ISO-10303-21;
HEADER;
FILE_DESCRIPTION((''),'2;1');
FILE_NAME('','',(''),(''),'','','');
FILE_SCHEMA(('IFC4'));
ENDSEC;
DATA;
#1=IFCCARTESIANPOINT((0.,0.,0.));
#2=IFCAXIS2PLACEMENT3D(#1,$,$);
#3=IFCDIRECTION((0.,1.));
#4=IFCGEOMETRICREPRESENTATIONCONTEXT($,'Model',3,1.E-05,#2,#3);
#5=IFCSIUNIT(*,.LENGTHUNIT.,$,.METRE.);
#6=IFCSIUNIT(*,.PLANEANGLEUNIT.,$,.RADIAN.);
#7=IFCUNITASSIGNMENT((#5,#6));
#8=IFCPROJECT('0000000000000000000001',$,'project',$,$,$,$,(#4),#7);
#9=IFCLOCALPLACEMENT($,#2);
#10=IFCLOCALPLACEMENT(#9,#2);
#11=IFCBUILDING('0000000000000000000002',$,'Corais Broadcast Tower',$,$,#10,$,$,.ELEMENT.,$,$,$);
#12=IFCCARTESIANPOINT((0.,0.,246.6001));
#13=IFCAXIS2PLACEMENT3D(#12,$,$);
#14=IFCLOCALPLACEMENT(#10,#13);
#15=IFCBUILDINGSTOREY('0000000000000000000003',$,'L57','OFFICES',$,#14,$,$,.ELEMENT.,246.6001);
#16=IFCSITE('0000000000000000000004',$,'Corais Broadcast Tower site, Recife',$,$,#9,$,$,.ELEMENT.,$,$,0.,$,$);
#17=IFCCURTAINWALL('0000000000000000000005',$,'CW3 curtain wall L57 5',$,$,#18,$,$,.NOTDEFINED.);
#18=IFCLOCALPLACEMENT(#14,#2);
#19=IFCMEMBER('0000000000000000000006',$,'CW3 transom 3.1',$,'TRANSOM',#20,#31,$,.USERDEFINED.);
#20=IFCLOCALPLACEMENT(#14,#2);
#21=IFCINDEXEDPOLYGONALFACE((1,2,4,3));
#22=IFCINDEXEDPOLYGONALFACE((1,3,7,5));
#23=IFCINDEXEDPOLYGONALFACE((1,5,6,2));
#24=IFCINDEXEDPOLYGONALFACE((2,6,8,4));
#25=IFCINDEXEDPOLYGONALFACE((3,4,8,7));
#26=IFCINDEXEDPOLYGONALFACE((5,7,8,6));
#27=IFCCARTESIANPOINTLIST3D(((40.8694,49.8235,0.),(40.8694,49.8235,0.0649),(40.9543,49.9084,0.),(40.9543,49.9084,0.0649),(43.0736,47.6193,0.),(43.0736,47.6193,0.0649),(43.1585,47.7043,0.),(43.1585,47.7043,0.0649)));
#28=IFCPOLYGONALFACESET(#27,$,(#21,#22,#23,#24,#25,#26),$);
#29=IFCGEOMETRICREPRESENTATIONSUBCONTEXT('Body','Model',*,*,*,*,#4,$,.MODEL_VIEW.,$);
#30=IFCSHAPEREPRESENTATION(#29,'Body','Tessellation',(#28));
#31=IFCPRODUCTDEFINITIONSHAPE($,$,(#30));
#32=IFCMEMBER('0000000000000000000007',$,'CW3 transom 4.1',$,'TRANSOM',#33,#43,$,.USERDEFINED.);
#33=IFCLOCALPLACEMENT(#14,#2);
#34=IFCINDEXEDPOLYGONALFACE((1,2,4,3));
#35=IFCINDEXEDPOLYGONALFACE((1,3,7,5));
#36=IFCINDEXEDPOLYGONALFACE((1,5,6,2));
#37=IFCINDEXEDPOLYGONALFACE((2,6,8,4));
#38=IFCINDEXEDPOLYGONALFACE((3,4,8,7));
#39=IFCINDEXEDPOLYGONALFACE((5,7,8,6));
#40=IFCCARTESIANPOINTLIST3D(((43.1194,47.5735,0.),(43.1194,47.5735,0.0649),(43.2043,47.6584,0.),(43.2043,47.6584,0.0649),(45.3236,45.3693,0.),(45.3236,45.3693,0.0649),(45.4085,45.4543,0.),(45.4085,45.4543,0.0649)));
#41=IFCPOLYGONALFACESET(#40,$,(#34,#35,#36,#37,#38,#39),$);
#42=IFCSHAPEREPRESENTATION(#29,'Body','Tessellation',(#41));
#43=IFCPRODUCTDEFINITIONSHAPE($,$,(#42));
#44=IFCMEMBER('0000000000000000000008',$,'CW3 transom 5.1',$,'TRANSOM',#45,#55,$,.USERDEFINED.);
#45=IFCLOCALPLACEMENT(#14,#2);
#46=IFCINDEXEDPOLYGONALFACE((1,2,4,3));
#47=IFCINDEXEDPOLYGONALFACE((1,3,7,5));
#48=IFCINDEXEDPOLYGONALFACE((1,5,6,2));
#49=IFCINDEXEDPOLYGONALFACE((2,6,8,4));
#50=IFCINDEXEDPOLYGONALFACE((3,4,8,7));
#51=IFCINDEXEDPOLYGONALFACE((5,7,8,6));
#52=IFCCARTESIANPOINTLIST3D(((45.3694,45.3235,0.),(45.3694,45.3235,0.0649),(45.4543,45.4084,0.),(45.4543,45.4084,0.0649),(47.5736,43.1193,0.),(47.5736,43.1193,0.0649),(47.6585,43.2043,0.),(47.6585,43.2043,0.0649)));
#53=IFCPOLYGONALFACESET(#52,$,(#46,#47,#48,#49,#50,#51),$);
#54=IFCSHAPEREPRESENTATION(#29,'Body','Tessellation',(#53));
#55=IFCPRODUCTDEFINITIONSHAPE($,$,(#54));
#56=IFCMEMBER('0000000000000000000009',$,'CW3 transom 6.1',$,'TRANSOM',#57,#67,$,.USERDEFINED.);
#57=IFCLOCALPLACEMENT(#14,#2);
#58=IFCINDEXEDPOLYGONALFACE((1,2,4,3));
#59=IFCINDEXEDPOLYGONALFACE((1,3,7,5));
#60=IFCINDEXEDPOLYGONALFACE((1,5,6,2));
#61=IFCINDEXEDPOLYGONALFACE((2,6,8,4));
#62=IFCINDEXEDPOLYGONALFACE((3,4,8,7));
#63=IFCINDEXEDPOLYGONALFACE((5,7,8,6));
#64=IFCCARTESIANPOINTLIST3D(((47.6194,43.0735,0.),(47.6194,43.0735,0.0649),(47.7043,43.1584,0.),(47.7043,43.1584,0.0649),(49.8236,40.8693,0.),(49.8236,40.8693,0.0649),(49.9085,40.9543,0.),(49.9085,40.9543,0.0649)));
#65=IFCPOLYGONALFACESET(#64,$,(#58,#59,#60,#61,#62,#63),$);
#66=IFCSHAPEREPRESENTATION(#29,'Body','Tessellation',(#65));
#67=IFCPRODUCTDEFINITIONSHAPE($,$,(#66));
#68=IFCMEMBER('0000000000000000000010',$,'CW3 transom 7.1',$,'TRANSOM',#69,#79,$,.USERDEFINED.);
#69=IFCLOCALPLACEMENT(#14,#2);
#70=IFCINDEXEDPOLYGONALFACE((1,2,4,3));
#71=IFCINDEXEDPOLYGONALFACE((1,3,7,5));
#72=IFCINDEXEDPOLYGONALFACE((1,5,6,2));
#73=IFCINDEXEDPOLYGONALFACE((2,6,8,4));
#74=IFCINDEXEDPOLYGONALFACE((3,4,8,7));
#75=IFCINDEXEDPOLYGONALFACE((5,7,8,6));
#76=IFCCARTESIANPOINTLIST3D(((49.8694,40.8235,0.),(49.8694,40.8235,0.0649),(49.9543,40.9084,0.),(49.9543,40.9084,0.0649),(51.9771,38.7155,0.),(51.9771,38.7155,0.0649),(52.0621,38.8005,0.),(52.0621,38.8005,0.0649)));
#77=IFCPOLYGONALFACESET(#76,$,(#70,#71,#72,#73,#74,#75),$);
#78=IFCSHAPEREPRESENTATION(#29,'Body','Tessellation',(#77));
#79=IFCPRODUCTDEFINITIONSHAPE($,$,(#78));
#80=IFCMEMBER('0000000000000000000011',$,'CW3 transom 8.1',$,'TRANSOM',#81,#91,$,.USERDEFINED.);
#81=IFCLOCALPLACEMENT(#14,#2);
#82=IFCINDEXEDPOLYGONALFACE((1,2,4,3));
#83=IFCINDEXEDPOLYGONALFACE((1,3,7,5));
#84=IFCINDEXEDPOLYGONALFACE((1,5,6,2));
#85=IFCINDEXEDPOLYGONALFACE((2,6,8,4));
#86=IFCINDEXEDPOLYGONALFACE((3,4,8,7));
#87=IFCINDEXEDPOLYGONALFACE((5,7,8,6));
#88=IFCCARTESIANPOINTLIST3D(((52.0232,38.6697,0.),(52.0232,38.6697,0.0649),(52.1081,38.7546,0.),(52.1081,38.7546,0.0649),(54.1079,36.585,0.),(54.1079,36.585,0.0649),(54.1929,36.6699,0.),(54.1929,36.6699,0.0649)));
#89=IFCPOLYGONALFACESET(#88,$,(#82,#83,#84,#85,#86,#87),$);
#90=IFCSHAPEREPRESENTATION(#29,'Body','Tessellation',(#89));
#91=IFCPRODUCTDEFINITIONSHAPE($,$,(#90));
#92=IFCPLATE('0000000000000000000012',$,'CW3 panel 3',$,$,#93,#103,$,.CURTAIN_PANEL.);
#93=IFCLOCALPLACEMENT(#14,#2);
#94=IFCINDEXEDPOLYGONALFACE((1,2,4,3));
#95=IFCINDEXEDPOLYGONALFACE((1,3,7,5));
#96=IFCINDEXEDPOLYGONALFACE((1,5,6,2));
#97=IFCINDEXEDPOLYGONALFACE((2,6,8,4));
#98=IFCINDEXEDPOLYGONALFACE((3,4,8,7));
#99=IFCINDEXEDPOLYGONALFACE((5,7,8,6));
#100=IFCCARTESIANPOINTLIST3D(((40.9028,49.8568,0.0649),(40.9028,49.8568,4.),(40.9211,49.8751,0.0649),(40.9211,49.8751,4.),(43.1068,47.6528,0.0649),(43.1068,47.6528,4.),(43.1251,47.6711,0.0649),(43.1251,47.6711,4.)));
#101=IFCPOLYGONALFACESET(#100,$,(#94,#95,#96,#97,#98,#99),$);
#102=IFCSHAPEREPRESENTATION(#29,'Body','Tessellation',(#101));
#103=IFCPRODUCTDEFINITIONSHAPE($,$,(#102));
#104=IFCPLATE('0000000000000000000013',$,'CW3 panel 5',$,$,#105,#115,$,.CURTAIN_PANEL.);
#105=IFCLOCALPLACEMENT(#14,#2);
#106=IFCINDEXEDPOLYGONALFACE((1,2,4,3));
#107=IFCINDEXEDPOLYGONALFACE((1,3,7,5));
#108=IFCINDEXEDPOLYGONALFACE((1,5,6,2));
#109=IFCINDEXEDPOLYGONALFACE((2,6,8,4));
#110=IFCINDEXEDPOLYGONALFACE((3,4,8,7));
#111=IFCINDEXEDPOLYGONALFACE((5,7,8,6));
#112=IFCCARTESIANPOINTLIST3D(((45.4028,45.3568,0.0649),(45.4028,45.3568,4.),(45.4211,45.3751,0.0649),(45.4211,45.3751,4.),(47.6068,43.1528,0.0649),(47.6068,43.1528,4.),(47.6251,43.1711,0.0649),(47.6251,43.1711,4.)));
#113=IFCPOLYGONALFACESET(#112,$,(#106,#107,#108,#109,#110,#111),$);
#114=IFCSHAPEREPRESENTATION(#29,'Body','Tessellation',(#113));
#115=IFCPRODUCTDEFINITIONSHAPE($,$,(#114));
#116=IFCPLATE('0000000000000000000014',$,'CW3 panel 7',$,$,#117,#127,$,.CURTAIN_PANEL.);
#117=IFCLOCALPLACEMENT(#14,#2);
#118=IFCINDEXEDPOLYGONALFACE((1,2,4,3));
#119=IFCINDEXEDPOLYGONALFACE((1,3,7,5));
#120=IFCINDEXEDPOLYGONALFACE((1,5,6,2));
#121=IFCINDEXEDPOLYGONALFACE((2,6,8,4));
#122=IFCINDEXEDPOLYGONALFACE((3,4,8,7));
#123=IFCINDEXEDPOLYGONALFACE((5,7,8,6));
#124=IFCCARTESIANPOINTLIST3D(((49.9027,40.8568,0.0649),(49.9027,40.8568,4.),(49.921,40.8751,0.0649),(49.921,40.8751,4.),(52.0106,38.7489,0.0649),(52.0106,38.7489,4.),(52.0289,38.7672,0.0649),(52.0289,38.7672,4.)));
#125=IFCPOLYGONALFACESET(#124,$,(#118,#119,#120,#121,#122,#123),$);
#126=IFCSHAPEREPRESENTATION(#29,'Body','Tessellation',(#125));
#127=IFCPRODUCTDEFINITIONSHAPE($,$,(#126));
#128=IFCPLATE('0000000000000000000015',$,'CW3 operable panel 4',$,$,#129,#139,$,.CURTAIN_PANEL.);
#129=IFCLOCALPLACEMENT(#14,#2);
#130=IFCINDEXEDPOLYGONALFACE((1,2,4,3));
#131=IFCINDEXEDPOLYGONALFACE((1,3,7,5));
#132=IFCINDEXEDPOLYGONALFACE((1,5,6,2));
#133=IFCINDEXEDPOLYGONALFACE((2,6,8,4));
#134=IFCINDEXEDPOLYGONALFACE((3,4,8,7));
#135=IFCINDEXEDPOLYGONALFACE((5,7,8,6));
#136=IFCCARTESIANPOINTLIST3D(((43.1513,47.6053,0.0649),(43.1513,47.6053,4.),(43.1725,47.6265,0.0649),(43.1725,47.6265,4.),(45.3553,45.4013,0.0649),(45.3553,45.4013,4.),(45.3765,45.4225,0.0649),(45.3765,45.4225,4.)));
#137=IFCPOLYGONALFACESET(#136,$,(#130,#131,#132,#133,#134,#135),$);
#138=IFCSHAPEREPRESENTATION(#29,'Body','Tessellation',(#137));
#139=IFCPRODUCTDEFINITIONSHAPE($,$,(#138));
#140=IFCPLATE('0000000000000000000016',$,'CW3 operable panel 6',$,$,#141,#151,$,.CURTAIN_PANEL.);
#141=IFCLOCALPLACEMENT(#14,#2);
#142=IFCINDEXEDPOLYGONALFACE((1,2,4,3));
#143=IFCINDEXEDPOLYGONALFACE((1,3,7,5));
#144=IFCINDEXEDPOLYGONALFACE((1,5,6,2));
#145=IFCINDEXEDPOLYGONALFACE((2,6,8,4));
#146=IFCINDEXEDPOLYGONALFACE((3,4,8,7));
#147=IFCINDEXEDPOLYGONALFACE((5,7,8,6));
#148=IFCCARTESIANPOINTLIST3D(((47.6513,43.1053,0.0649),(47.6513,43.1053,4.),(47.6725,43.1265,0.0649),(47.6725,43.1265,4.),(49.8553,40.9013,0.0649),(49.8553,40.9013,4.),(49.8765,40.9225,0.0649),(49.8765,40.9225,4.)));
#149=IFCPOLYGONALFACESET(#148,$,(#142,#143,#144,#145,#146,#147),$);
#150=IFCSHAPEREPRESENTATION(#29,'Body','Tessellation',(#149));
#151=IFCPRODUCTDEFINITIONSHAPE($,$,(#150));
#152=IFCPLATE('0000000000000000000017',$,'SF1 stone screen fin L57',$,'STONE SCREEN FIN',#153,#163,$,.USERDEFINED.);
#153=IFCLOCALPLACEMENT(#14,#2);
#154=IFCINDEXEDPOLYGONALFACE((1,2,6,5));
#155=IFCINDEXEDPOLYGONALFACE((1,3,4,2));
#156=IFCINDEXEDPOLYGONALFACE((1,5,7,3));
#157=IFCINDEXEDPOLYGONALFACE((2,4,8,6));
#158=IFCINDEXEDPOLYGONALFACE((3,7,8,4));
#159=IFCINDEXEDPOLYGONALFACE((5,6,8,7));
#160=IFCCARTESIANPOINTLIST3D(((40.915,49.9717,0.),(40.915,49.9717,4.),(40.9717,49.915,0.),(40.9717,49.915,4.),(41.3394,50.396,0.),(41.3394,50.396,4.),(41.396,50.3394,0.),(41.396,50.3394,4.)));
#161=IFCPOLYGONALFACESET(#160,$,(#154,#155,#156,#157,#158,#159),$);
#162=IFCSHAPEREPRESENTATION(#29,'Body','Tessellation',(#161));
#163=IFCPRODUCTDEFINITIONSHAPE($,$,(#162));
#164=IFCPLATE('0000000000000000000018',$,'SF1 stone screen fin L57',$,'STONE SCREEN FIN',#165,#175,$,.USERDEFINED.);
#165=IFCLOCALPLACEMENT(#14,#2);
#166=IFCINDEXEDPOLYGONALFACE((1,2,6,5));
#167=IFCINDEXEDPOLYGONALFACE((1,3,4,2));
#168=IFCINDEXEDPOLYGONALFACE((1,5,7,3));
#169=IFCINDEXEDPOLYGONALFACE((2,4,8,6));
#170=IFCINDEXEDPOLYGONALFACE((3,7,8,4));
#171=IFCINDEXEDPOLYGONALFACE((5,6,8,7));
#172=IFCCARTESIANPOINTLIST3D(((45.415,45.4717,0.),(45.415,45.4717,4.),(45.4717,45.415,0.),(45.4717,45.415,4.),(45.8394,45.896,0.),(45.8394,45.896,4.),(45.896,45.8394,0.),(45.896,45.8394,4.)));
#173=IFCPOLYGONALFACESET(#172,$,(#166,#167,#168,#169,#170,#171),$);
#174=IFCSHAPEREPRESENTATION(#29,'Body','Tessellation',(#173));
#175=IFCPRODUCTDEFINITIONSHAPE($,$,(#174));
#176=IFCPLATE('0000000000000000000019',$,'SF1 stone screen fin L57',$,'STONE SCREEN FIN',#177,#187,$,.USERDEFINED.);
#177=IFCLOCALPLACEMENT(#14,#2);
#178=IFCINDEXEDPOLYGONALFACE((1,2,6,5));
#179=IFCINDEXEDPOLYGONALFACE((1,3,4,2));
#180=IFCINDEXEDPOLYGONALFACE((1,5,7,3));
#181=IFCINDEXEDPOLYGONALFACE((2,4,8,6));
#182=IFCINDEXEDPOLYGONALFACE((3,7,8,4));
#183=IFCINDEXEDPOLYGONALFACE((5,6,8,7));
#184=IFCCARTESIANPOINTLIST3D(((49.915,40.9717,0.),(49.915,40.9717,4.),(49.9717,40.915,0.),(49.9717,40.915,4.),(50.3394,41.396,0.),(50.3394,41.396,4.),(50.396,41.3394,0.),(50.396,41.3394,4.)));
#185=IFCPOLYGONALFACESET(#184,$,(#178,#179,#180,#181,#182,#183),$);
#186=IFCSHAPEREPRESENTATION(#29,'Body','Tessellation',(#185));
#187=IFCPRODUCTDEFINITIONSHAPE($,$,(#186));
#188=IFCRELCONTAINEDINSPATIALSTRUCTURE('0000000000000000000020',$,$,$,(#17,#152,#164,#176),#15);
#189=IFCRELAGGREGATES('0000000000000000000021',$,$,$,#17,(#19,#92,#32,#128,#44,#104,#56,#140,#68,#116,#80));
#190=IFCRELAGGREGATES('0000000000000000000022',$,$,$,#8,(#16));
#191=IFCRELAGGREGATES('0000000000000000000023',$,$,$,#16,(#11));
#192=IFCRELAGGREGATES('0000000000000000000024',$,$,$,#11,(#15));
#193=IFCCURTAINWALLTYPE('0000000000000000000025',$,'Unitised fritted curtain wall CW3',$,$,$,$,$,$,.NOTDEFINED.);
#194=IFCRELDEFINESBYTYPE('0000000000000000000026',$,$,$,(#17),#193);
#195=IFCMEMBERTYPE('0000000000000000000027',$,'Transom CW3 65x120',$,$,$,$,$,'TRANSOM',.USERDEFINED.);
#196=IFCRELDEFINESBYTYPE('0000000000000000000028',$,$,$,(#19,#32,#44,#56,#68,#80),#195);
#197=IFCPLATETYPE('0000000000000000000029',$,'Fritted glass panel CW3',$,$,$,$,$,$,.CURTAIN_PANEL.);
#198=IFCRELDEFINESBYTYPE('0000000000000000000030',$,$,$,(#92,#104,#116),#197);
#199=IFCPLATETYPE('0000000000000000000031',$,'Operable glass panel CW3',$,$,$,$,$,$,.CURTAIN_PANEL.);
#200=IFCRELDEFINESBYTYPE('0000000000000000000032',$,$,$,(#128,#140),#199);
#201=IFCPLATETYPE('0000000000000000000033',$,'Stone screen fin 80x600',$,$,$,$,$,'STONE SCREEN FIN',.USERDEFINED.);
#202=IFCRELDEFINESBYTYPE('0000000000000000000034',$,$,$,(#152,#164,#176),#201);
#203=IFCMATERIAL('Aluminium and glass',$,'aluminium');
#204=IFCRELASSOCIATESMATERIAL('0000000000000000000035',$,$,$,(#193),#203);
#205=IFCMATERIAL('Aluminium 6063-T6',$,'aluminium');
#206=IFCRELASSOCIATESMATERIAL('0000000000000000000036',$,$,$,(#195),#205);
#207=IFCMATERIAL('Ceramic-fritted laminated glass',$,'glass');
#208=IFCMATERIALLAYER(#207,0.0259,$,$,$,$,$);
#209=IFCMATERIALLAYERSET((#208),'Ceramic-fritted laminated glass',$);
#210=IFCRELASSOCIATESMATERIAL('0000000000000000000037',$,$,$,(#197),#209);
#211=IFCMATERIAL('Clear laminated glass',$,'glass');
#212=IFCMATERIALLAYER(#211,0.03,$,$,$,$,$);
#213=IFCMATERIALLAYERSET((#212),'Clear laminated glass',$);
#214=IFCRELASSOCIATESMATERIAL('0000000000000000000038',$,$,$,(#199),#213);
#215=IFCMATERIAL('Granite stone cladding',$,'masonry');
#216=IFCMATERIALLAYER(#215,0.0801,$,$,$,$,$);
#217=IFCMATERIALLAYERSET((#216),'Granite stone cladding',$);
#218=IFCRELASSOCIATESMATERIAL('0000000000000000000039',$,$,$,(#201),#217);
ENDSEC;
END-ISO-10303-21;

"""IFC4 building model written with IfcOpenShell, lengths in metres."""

from ifc_helpers import new_model, si_unit, direction, frame, origin, origin_2d, place, context, subcontext, project, spatial, rectangle, extrude, material, layer, layer_set, material_profile, profile_set, type_object, element, aggregate, save


model = new_model("IFC4")

# Units and contexts
model_context = context("Model", 3, precision=1e-05, world=origin(), true_north=direction((0.0, 1.0)))
body_context = subcontext(model_context, "Body", "Model", "MODEL_VIEW")
ifc_project = project(units=[si_unit("LENGTHUNIT", "METRE"), si_unit("PLANEANGLEUNIT", "RADIAN")], contexts=[model_context])

# Site, building, storey
site_placement = place(None, origin())
site = spatial("IfcSite", under=ifc_project, at=site_placement, Name="Corais Broadcast Tower site, Recife", CompositionType="ELEMENT", RefElevation=0.0)
building_placement = place(site_placement, origin())
building = spatial("IfcBuilding", under=site, at=building_placement, Name="Corais Broadcast Tower", CompositionType="ELEMENT")
storey_placement = place(building_placement, frame((0.0, 0.0, 246.6001)))
storey = spatial("IfcBuildingStorey", under=building, at=storey_placement, Name="L57", Description="OFFICES", CompositionType="ELEMENT", Elevation=246.6001)

# Curtain wall
ifc_material_1 = material(Name="Aluminium and glass", Category="aluminium")
curtain_wall_type = type_object("IfcCurtainWallType", Name="Unitised fritted curtain wall CW3", PredefinedType="NOTDEFINED", material=ifc_material_1)
curtain_wall_placement = place(storey_placement, origin())
curtain_wall = element("IfcCurtainWall", 1, at=curtain_wall_placement, inside=storey, type_object=curtain_wall_type, Name="CW3 curtain wall L57 5", PredefinedType="NOTDEFINED")

# Members
ifc_material_2 = material(Name="Aluminium 6063-T6", Category="aluminium")
ifc_material_profile_1 = material_profile(ifc_material_2, rectangle(XDim=0.1201, YDim=0.0649, at=origin_2d()), Name="Transom CW3 65x120")
ifc_profile_set_1 = profile_set([ifc_material_profile_1], Name="Aluminium 6063-T6")
member_type_1 = type_object("IfcMemberType", Name="Transom CW3 65x120", ElementType="TRANSOM", PredefinedType="USERDEFINED", material=ifc_profile_set_1)
member_1_placement = place(storey_placement, frame((40.9119, 49.866, 0.0325), z_axis=(0.707107, -0.707107, 0.0), x_axis=(0.707107, 0.707107, 0.0)))
member_1 = element("IfcMember", 2, at=member_1_placement, type_object=member_type_1, Name="CW3 transom 3.1", ObjectType="TRANSOM", PredefinedType="USERDEFINED", context=body_context, shape_type="SweptSolid", body=[
    extrude(rectangle(XDim=0.1201, YDim=0.0649, at=origin_2d()), origin(), (0.0, 0.0, 1.0), 3.1172),
])
member_2_placement = place(storey_placement, frame((43.1619, 47.616, 0.0325), z_axis=(0.707107, -0.707107, 0.0), x_axis=(0.707107, 0.707107, 0.0)))
member_2 = element("IfcMember", 3, at=member_2_placement, type_object=member_type_1, Name="CW3 transom 4.1", ObjectType="TRANSOM", PredefinedType="USERDEFINED", context=body_context, shape_type="SweptSolid", body=[
    extrude(rectangle(XDim=0.1201, YDim=0.0649, at=origin_2d()), origin(), (0.0, 0.0, 1.0), 3.1172),
])
member_3_placement = place(storey_placement, frame((45.4119, 45.366, 0.0325), z_axis=(0.707107, -0.707107, 0.0), x_axis=(0.707107, 0.707107, 0.0)))
member_3 = element("IfcMember", 4, at=member_3_placement, type_object=member_type_1, Name="CW3 transom 5.1", ObjectType="TRANSOM", PredefinedType="USERDEFINED", context=body_context, shape_type="SweptSolid", body=[
    extrude(rectangle(XDim=0.1201, YDim=0.0649, at=origin_2d()), origin(), (0.0, 0.0, 1.0), 3.1172),
])
member_4_placement = place(storey_placement, frame((47.6619, 43.116, 0.0325), z_axis=(0.707107, -0.707107, 0.0), x_axis=(0.707107, 0.707107, 0.0)))
member_4 = element("IfcMember", 5, at=member_4_placement, type_object=member_type_1, Name="CW3 transom 6.1", ObjectType="TRANSOM", PredefinedType="USERDEFINED", context=body_context, shape_type="SweptSolid", body=[
    extrude(rectangle(XDim=0.1201, YDim=0.0649, at=origin_2d()), origin(), (0.0, 0.0, 1.0), 3.1172),
])
member_5_placement = place(storey_placement, frame((49.9119, 40.866, 0.0325), z_axis=(0.707066, -0.707148, 0.0), x_axis=(0.707148, 0.707066, 0.0)))
member_5 = element("IfcMember", 6, at=member_5_placement, type_object=member_type_1, Name="CW3 transom 7.1", ObjectType="TRANSOM", PredefinedType="USERDEFINED", context=body_context, shape_type="SweptSolid", body=[
    extrude(rectangle(XDim=0.1201, YDim=0.0649, at=origin_2d()), origin(), (0.0, 0.0, 1.0), 2.981),
])
member_6_placement = place(storey_placement, frame((52.0657, 38.7122, 0.0325), z_axis=(0.707107, -0.707107, 0.0), x_axis=(0.707107, 0.707107, 0.0)))
member_6 = element("IfcMember", 7, at=member_6_placement, type_object=member_type_1, Name="CW3 transom 8.1", ObjectType="TRANSOM", PredefinedType="USERDEFINED", context=body_context, shape_type="SweptSolid", body=[
    extrude(rectangle(XDim=0.1201, YDim=0.0649, at=origin_2d()), origin(), (0.0, 0.0, 1.0), 2.9482),
])

# Plates
ifc_material_3 = material(Name="Ceramic-fritted laminated glass", Category="glass")
ifc_layer_1 = layer(ifc_material_3, 0.0259)
ifc_layer_set_1 = layer_set([ifc_layer_1], Name="Ceramic-fritted laminated glass")
plate_type_1 = type_object("IfcPlateType", Name="Fritted glass panel CW3", PredefinedType="CURTAIN_PANEL", material=ifc_layer_set_1)
plate_1_placement = place(storey_placement, frame((42.0139, 48.7639, 0.0649), z_axis=(0.0, 0.0, 1.0), x_axis=(0.707107, -0.707107, 0.0)))
plate_1 = element("IfcPlate", 8, at=plate_1_placement, type_object=plate_type_1, Name="CW3 panel 3", PredefinedType="CURTAIN_PANEL", context=body_context, shape_type="SweptSolid", body=[
    extrude(rectangle(XDim=3.1169, YDim=0.0259, at=origin_2d()), origin(), (0.0, 0.0, 1.0), 3.9351),
])
plate_2_placement = place(storey_placement, frame((46.5139, 44.2639, 0.0649), z_axis=(0.0, 0.0, 1.0), x_axis=(0.707107, -0.707107, 0.0)))
plate_2 = element("IfcPlate", 9, at=plate_2_placement, type_object=plate_type_1, Name="CW3 panel 5", PredefinedType="CURTAIN_PANEL", context=body_context, shape_type="SweptSolid", body=[
    extrude(rectangle(XDim=3.1169, YDim=0.0259, at=origin_2d()), origin(), (0.0, 0.0, 1.0), 3.9351),
])
plate_3_placement = place(storey_placement, frame((50.9658, 39.812, 0.0649), z_axis=(0.0, 0.0, 1.0), x_axis=(0.707107, -0.707107, 0.0)))
plate_3 = element("IfcPlate", 10, at=plate_3_placement, type_object=plate_type_1, Name="CW3 panel 7", PredefinedType="CURTAIN_PANEL", context=body_context, shape_type="SweptSolid", body=[
    extrude(rectangle(XDim=2.981, YDim=0.0259, at=origin_2d()), origin(), (0.0, 0.0, 1.0), 3.9351),
])
ifc_material_4 = material(Name="Clear laminated glass", Category="glass")
ifc_layer_2 = layer(ifc_material_4, 0.03)
ifc_layer_set_2 = layer_set([ifc_layer_2], Name="Clear laminated glass")
plate_type_2 = type_object("IfcPlateType", Name="Operable glass panel CW3", PredefinedType="CURTAIN_PANEL", material=ifc_layer_set_2)
plate_4_placement = place(storey_placement, frame((44.2639, 46.5139, 0.0649), z_axis=(0.0, 0.0, 1.0), x_axis=(0.707107, -0.707107, 0.0)))
plate_4 = element("IfcPlate", 11, at=plate_4_placement, type_object=plate_type_2, Name="CW3 operable panel 4", PredefinedType="CURTAIN_PANEL", context=body_context, shape_type="SweptSolid", body=[
    extrude(rectangle(XDim=3.1169, YDim=0.03, at=origin_2d()), origin(), (0.0, 0.0, 1.0), 3.9351),
])
plate_5_placement = place(storey_placement, frame((48.7639, 42.0139, 0.0649), z_axis=(0.0, 0.0, 1.0), x_axis=(0.707107, -0.707107, 0.0)))
plate_5 = element("IfcPlate", 12, at=plate_5_placement, type_object=plate_type_2, Name="CW3 operable panel 6", PredefinedType="CURTAIN_PANEL", context=body_context, shape_type="SweptSolid", body=[
    extrude(rectangle(XDim=3.1169, YDim=0.03, at=origin_2d()), origin(), (0.0, 0.0, 1.0), 3.9351),
])
aggregate(curtain_wall, [member_1, plate_1, member_2, plate_4, member_3, plate_2, member_4, plate_5, member_5, plate_3, member_6])

# Plates
ifc_material_5 = material(Name="Granite stone cladding", Category="masonry")
ifc_layer_3 = layer(ifc_material_5, 0.0801)
ifc_layer_set_3 = layer_set([ifc_layer_3], Name="Granite stone cladding")
plate_type_3 = type_object("IfcPlateType", Name="Stone screen fin 80x600", ElementType="STONE SCREEN FIN", PredefinedType="USERDEFINED", material=ifc_layer_set_3)
for number, where, z_axis, x_axis, name in (
    (13, (41.1555, 50.1555, 0.0), (0.0, 0.0, 1.0), (0.707107, -0.707107, 0.0), "SF1 stone screen fin L57"),
    (14, (45.6555, 45.6555, 0.0), (0.0, 0.0, 1.0), (0.707107, -0.707107, 0.0), "SF1 stone screen fin L57"),
    (15, (50.1555, 41.1555, 0.0), (0.0, 0.0, 1.0), (0.707107, -0.707107, 0.0), "SF1 stone screen fin L57"),
):
    element("IfcPlate", number, at=place(storey_placement, frame(where, z_axis=z_axis, x_axis=x_axis)), inside=storey, type_object=plate_type_3, Name=name, ObjectType="STONE SCREEN FIN", PredefinedType="USERDEFINED", context=body_context, shape_type="SweptSolid", body=[
        extrude(rectangle(XDim=0.0801, YDim=0.6001, at=origin_2d()), origin(), (0.0, 0.0, 1.0), 4.0),
    ])

save(model, "model.ifc")
